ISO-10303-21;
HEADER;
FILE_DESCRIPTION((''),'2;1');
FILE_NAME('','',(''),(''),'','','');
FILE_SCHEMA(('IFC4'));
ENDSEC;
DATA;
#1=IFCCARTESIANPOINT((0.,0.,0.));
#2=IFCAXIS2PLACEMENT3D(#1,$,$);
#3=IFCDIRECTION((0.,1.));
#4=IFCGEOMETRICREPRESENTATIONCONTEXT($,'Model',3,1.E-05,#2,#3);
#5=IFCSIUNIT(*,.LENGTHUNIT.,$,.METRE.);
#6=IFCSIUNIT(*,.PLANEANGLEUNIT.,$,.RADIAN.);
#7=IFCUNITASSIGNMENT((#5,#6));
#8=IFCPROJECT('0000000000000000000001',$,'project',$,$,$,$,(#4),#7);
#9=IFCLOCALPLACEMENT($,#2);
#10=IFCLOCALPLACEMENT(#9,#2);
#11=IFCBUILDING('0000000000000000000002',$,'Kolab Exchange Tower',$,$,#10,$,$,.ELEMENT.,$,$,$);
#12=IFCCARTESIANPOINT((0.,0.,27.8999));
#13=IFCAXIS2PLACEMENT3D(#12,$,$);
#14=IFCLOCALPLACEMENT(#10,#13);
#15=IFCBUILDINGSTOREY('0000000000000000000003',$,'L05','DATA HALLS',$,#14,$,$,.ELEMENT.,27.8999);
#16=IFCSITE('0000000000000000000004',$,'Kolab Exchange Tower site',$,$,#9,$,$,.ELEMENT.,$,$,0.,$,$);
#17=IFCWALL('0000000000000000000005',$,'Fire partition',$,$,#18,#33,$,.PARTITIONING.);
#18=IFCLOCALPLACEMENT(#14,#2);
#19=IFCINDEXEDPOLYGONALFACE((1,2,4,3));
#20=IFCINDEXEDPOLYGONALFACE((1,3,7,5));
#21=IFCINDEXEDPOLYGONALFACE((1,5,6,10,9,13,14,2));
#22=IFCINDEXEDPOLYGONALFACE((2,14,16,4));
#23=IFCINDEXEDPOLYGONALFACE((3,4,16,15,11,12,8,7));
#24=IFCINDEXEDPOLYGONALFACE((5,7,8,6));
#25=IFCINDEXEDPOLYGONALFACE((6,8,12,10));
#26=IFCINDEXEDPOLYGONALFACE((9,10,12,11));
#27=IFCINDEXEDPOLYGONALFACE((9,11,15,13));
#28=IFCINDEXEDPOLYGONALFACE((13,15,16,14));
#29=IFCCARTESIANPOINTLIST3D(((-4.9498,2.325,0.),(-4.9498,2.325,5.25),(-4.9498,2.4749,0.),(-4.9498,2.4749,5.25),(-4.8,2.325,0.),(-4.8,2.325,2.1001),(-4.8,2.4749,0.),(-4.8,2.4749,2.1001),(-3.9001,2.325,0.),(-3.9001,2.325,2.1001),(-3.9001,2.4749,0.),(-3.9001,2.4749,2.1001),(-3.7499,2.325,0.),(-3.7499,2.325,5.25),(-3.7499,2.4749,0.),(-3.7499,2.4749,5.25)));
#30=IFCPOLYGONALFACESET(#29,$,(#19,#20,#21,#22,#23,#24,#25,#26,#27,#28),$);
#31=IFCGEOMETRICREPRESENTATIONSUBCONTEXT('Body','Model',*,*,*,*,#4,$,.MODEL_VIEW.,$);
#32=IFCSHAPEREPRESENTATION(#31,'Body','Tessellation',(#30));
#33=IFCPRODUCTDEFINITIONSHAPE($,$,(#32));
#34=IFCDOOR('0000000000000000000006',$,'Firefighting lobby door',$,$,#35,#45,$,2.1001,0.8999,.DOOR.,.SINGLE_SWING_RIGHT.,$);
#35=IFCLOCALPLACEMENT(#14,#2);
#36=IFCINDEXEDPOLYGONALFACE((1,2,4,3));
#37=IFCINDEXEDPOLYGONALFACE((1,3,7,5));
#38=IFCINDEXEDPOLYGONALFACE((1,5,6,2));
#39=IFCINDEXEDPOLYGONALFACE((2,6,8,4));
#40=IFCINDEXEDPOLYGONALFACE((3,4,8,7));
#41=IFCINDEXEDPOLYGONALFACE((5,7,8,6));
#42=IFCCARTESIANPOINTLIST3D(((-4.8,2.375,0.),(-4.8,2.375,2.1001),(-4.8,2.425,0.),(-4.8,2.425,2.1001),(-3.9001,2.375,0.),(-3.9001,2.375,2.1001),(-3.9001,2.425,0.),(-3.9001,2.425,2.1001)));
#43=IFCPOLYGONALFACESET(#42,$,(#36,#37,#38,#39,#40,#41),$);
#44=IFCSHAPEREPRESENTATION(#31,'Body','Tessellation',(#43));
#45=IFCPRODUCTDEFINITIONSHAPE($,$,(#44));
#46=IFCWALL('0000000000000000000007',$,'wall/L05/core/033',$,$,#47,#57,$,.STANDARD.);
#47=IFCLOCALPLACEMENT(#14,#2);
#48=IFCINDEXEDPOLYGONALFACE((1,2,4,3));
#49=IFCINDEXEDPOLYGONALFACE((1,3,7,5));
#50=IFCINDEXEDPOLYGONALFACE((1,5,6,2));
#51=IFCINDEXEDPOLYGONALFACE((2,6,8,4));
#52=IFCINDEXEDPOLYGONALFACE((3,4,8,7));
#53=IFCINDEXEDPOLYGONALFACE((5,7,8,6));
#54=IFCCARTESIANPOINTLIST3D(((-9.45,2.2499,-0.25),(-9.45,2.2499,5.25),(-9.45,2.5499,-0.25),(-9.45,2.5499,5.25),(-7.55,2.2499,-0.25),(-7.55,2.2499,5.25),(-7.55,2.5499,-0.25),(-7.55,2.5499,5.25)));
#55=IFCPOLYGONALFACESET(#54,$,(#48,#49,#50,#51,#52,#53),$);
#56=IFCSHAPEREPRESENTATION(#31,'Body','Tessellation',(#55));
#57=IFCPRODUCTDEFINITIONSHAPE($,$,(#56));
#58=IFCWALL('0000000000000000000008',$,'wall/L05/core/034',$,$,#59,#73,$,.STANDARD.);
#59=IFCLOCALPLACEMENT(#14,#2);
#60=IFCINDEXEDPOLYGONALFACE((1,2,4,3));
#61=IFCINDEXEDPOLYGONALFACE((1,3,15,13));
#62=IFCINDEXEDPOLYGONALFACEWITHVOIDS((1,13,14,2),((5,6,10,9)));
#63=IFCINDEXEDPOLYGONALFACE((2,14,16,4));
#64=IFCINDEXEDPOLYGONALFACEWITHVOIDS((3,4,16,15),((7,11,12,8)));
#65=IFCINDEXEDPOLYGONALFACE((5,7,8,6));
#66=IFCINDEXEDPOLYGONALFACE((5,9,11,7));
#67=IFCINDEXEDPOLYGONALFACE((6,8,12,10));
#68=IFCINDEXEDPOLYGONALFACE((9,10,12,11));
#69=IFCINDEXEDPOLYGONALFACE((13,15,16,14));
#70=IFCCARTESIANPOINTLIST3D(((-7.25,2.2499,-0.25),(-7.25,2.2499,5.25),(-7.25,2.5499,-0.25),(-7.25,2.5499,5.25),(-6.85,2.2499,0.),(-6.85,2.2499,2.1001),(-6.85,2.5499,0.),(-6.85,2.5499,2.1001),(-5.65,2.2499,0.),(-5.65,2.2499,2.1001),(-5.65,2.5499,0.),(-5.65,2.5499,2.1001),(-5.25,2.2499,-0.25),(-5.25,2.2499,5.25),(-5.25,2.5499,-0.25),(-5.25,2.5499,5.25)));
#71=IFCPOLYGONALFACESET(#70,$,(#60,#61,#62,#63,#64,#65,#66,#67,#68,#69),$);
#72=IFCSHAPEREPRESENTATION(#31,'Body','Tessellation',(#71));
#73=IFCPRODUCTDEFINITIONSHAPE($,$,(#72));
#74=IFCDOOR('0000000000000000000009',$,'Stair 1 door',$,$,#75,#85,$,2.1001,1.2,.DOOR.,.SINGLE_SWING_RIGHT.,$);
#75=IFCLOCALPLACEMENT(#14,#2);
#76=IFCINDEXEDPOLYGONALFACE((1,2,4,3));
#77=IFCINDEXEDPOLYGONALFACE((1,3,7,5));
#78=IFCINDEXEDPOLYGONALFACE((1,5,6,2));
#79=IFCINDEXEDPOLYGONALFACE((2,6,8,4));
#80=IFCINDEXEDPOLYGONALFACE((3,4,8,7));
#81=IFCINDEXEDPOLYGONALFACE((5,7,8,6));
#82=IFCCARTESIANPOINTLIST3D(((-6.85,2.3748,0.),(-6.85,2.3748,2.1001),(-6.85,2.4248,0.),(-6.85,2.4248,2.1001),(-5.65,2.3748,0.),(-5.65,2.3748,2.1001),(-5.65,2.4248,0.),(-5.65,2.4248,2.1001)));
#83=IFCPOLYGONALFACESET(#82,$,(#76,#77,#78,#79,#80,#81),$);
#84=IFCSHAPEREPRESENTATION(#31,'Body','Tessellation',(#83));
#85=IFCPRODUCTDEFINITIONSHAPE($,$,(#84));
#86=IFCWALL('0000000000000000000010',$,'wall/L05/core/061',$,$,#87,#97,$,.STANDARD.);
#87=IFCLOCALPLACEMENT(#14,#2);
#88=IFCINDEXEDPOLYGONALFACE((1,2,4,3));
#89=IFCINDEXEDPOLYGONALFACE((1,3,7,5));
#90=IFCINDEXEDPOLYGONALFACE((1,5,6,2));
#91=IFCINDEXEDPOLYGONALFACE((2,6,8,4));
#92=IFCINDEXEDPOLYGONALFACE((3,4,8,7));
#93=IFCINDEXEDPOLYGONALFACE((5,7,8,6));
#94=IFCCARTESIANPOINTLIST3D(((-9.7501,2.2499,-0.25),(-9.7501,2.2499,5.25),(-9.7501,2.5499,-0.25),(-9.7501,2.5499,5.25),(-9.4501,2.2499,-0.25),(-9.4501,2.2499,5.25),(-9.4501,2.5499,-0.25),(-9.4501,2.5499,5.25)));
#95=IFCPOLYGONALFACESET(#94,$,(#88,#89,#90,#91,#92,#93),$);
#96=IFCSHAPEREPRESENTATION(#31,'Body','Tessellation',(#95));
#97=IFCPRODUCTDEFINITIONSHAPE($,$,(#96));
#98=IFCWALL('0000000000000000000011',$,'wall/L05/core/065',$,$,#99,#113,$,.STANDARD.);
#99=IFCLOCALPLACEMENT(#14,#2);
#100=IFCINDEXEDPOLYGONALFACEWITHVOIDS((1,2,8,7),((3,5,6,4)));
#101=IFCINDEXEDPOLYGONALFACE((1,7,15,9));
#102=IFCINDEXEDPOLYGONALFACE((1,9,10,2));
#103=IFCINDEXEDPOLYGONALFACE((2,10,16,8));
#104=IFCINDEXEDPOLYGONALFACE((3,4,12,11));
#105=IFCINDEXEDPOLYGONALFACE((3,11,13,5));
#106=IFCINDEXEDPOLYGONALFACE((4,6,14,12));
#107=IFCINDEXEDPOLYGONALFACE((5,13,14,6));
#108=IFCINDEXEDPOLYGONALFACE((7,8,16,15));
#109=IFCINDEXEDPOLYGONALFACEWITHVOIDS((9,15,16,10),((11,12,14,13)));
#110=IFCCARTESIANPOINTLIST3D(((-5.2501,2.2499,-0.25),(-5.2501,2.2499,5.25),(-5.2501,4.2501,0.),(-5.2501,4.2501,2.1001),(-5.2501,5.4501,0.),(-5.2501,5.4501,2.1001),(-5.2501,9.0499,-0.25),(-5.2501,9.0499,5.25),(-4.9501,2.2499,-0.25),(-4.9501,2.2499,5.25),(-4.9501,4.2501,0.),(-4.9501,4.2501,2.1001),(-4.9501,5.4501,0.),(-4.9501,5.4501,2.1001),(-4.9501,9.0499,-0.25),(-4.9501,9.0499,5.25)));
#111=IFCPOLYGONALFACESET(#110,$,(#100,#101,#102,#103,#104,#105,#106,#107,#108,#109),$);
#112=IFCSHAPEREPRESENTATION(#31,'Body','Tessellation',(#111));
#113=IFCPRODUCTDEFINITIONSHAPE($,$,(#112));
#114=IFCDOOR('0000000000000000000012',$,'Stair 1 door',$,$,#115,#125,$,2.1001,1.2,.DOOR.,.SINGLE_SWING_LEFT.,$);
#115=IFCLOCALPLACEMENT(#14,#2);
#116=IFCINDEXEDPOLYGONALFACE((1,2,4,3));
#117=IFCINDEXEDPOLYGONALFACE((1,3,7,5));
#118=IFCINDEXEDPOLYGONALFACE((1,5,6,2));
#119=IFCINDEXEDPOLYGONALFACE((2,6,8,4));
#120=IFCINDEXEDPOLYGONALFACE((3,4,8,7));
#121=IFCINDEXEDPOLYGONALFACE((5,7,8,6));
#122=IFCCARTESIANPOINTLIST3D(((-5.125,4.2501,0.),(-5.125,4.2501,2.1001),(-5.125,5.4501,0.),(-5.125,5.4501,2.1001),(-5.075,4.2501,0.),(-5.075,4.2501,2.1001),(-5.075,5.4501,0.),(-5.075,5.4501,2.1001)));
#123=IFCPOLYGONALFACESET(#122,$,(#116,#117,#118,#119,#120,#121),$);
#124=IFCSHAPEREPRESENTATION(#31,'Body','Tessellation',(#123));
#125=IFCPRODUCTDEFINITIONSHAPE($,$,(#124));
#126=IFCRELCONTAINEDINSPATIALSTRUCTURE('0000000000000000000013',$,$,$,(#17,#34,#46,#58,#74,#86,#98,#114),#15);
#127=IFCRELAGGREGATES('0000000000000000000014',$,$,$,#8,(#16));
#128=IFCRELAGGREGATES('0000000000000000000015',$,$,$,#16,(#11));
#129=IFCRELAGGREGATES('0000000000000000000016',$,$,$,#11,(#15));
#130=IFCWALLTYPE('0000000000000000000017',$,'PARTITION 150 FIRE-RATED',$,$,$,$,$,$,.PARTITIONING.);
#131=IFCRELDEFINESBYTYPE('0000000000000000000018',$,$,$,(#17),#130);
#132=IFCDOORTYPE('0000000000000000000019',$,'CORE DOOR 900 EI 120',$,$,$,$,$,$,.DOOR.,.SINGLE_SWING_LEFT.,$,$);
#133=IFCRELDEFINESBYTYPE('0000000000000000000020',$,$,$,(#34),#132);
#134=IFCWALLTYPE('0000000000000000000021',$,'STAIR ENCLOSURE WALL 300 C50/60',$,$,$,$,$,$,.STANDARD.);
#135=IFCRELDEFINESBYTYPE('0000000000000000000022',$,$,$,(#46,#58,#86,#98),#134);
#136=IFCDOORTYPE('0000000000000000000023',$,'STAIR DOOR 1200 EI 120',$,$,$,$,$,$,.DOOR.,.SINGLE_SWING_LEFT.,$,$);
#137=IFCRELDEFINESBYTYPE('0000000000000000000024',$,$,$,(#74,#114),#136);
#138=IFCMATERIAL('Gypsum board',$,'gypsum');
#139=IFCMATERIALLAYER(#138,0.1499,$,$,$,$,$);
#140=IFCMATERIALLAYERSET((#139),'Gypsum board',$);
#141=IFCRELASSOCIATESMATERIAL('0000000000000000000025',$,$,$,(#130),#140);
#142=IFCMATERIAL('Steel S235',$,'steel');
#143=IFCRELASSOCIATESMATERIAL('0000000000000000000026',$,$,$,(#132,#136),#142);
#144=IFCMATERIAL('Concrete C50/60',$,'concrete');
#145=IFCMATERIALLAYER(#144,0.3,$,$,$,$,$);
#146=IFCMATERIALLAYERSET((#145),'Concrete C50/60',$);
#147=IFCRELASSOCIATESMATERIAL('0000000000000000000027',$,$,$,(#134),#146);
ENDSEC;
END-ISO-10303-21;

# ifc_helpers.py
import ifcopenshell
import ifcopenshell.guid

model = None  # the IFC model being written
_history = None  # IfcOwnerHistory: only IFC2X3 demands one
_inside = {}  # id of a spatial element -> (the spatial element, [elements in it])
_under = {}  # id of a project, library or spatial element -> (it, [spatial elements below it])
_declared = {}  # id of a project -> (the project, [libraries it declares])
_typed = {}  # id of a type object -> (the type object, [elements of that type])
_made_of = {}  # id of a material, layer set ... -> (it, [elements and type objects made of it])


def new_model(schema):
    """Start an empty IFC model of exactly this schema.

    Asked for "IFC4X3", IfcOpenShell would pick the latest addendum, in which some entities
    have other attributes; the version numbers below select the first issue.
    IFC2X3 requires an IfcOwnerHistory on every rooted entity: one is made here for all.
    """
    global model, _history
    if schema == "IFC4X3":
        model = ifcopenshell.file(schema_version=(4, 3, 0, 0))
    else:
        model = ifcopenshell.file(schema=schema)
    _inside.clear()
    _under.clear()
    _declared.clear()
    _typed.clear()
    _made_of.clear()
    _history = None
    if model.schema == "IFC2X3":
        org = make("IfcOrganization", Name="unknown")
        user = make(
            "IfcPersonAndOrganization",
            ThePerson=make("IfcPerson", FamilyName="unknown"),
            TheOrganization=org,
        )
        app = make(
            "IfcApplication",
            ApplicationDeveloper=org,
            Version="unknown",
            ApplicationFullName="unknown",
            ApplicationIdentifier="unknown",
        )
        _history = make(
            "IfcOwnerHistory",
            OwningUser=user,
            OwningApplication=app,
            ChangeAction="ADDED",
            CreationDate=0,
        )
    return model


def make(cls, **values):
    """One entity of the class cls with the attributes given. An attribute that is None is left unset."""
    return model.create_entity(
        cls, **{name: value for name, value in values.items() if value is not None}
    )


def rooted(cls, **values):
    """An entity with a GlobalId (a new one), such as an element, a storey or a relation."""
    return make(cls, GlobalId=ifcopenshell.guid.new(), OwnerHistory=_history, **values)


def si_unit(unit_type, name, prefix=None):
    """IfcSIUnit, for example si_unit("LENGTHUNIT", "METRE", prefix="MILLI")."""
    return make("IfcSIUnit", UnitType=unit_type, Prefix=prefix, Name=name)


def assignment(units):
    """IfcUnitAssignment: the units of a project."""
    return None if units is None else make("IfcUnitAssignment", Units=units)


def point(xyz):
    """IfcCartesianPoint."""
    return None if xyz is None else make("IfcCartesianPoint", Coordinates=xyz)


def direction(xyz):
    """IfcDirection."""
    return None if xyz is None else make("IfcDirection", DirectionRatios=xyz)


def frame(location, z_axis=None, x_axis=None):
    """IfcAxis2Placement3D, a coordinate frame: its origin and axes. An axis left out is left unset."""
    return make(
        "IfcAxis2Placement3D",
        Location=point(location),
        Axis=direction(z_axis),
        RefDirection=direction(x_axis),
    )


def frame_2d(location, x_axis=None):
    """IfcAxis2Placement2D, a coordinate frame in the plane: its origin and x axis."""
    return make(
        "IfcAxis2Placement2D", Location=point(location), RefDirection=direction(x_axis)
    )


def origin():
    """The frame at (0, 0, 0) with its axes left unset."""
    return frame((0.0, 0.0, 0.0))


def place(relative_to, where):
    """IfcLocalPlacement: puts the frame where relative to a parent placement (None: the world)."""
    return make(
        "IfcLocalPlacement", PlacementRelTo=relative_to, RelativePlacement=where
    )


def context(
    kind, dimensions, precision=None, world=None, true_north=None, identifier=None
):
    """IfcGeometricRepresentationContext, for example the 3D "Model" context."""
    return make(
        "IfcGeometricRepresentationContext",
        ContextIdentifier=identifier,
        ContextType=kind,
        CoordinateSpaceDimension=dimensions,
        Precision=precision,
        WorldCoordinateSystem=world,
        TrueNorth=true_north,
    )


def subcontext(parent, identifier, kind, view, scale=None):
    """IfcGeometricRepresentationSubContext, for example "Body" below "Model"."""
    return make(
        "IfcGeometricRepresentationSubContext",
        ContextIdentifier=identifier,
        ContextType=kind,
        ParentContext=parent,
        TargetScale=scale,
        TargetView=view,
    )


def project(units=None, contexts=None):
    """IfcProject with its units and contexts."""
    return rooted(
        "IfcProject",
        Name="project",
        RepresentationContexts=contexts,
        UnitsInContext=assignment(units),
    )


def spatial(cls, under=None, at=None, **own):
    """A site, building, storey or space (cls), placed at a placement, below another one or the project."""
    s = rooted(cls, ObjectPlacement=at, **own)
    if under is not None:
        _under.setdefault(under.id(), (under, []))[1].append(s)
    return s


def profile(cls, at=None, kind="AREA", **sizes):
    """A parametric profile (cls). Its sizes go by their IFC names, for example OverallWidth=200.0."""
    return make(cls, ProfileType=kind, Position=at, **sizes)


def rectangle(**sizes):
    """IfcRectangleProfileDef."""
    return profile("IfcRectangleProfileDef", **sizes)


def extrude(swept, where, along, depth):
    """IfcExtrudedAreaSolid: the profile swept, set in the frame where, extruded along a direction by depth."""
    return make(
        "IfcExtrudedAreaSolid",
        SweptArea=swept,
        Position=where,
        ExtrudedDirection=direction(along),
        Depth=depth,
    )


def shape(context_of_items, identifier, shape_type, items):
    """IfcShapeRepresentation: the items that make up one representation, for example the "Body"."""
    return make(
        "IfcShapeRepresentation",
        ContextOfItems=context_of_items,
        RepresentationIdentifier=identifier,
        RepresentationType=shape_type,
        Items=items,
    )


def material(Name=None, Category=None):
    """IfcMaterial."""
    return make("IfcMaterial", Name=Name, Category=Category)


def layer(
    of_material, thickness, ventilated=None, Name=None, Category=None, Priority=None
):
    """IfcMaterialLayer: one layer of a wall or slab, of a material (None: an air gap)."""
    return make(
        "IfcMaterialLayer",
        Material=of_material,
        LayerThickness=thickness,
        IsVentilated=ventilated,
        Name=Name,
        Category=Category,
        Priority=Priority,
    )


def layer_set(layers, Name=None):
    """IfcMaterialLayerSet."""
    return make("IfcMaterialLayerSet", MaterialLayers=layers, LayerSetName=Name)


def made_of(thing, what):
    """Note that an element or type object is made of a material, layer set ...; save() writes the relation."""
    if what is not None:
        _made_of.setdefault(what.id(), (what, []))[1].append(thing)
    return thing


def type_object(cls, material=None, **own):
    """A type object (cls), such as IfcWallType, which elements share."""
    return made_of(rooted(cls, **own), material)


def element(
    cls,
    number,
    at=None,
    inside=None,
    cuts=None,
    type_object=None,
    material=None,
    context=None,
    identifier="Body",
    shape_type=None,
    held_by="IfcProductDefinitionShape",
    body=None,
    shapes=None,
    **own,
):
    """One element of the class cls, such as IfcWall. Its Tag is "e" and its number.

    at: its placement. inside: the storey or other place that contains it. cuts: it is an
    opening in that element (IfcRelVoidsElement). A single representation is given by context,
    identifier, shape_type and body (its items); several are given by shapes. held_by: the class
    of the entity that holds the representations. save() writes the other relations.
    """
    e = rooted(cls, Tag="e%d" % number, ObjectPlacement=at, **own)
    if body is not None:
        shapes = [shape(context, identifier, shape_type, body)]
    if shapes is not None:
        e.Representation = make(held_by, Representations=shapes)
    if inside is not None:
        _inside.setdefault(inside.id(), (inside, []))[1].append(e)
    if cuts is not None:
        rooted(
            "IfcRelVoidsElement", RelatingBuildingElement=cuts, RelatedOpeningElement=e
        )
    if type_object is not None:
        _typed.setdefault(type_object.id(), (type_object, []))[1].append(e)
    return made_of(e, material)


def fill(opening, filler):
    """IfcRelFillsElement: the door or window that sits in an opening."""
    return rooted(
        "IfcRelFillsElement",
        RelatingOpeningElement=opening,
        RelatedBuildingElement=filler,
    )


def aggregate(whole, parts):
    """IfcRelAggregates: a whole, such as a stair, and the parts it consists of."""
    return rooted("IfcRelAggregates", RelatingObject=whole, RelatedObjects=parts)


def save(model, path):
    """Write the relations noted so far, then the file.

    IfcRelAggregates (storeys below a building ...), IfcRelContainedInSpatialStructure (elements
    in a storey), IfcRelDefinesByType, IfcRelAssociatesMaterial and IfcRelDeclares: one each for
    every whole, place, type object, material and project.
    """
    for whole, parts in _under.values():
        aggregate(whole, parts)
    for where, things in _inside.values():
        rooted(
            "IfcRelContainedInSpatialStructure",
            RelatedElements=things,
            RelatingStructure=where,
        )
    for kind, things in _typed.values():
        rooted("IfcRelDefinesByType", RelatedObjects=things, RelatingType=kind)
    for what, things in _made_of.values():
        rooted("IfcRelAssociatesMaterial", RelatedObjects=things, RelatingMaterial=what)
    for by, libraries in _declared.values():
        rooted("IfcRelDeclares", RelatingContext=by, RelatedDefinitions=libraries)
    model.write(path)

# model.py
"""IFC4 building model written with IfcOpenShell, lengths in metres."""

from ifc_helpers import new_model, si_unit, direction, frame, frame_2d, origin, place, context, subcontext, project, spatial, rectangle, extrude, material, layer, layer_set, type_object, element, fill, save


model = new_model("IFC4")

# Units and contexts
model_context = context("Model", 3, precision=1e-05, world=origin(), true_north=direction((0.0, 1.0)))
body_context = subcontext(model_context, "Body", "Model", "MODEL_VIEW")
ifc_project = project(units=[si_unit("LENGTHUNIT", "METRE"), si_unit("PLANEANGLEUNIT", "RADIAN")], contexts=[model_context])

# Site, building, storey
site_placement = place(None, origin())
site = spatial("IfcSite", under=ifc_project, at=site_placement, Name="Kolab Exchange Tower site", CompositionType="ELEMENT", RefElevation=0.0)
building_placement = place(site_placement, origin())
building = spatial("IfcBuilding", under=site, at=building_placement, Name="Kolab Exchange Tower", CompositionType="ELEMENT")
storey_placement = place(building_placement, frame((0.0, 0.0, 27.8999)))
storey = spatial("IfcBuildingStorey", under=building, at=storey_placement, Name="L05", Description="DATA HALLS", CompositionType="ELEMENT", Elevation=27.8999)

# Shared definitions
ifc_material_1 = material(Name="Concrete C50/60", Category="concrete")
ifc_material_2 = material(Name="Gypsum board", Category="gypsum")
ifc_layer_1 = layer(ifc_material_2, 0.1499)
ifc_layer_set_1 = layer_set([ifc_layer_1], Name="Gypsum board")
wall_type_1 = type_object("IfcWallType", Name="PARTITION 150 FIRE-RATED", PredefinedType="PARTITIONING", material=ifc_layer_set_1)

# Shared definitions
ifc_material_3 = material(Name="Steel S235", Category="steel")

# Wall, opening, door
wall_1_placement = place(storey_placement, frame((-4.95, 2.3999, 0.0), z_axis=(0.0, 0.0, 1.0), x_axis=(1.0, 0.0, 0.0)))
wall_1 = element("IfcWall", 1, at=wall_1_placement, inside=storey, type_object=wall_type_1, Name="Fire partition", PredefinedType="PARTITIONING", context=body_context, shape_type="SweptSolid", body=[
    extrude(rectangle(XDim=1.2, YDim=0.1499, at=frame_2d((0.6001, 0.0))), origin(), (0.0, 0.0, 1.0), 5.25),
])
opening_1_placement = place(wall_1_placement, frame((0.1499, 0.0, 0.0)))
opening_1 = element("IfcOpeningElement", 2, at=opening_1_placement, cuts=wall_1, PredefinedType="OPENING", context=body_context, shape_type="SweptSolid", body=[
    extrude(rectangle(XDim=0.8999, YDim=2.1001, at=frame_2d((0.45, 1.05))), frame((0.0, 0.085, 0.0), z_axis=(0.0, -1.0, 0.0), x_axis=(1.0, 0.0, 0.0)), (0.0, 0.0, 1.0), 0.1699),
])
door_type_1 = type_object("IfcDoorType", Name="CORE DOOR 900 EI 120", OperationType="SINGLE_SWING_LEFT", PredefinedType="DOOR", material=ifc_material_3)
door_1_placement = place(opening_1_placement, frame((0.8999, 0.0, 0.0), z_axis=(0.0, 0.0, 1.0), x_axis=(-1.0, 0.0, 0.0)))
door_1 = element("IfcDoor", 3, at=door_1_placement, inside=storey, type_object=door_type_1, Name="Firefighting lobby door", OperationType="SINGLE_SWING_RIGHT", OverallHeight=2.1001, OverallWidth=0.8999, PredefinedType="DOOR", context=body_context, shape_type="SweptSolid", body=[
    extrude(rectangle(XDim=0.8999, YDim=2.1001, at=frame_2d((0.45, 1.05))), frame((0.0, 0.0249, 0.0), z_axis=(0.0, -1.0, 0.0), x_axis=(1.0, 0.0, 0.0)), (0.0, 0.0, 1.0), 0.05),
])
fill(opening_1, door_1)

# Wall
ifc_layer_2 = layer(ifc_material_1, 0.3)
ifc_layer_set_2 = layer_set([ifc_layer_2], Name="Concrete C50/60")
wall_type_2 = type_object("IfcWallType", Name="STAIR ENCLOSURE WALL 300 C50/60", PredefinedType="STANDARD", material=ifc_layer_set_2)
wall_2_placement = place(storey_placement, frame((-9.45, 2.3999, -0.25), z_axis=(0.0, 0.0, 1.0), x_axis=(1.0, 0.0, 0.0)))
element("IfcWall", 4, at=wall_2_placement, inside=storey, type_object=wall_type_2, Name="wall/L05/core/033", PredefinedType="STANDARD", context=body_context, shape_type="SweptSolid", body=[
    extrude(rectangle(XDim=1.8999, YDim=0.3, at=frame_2d((0.95, 0.0))), origin(), (0.0, 0.0, 1.0), 5.5),
])

# Wall, opening, door
wall_3_placement = place(storey_placement, frame((-7.25, 2.3999, -0.25), z_axis=(0.0, 0.0, 1.0), x_axis=(1.0, 0.0, 0.0)))
wall_3 = element("IfcWall", 5, at=wall_3_placement, inside=storey, type_object=wall_type_2, Name="wall/L05/core/034", PredefinedType="STANDARD", context=body_context, shape_type="SweptSolid", body=[
    extrude(rectangle(XDim=2.0, YDim=0.3, at=frame_2d((1.0, 0.0))), origin(), (0.0, 0.0, 1.0), 5.5),
])
opening_2_placement = place(wall_3_placement, frame((0.3999, 0.0, 0.25)))
opening_2 = element("IfcOpeningElement", 6, at=opening_2_placement, cuts=wall_3, PredefinedType="OPENING", context=body_context, shape_type="SweptSolid", body=[
    extrude(rectangle(XDim=1.2, YDim=2.1001, at=frame_2d((0.6001, 1.05))), frame((0.0, 0.1602, 0.0), z_axis=(0.0, -1.0, 0.0), x_axis=(1.0, 0.0, 0.0)), (0.0, 0.0, 1.0), 0.3201),
])
door_type_2 = type_object("IfcDoorType", Name="STAIR DOOR 1200 EI 120", OperationType="SINGLE_SWING_LEFT", PredefinedType="DOOR", material=ifc_material_3)
door_2_placement = place(opening_2_placement, origin())
door_2 = element("IfcDoor", 7, at=door_2_placement, inside=storey, type_object=door_type_2, Name="Stair 1 door", OperationType="SINGLE_SWING_RIGHT", OverallHeight=2.1001, OverallWidth=1.2, PredefinedType="DOOR", context=body_context, shape_type="SweptSolid", body=[
    extrude(rectangle(XDim=1.2, YDim=2.1001, at=frame_2d((0.6001, 1.05))), frame((0.0, 0.0249, 0.0), z_axis=(0.0, -1.0, 0.0), x_axis=(1.0, 0.0, 0.0)), (0.0, 0.0, 1.0), 0.05),
])
fill(opening_2, door_2)

# Wall
wall_4_placement = place(storey_placement, frame((-9.6001, 2.25, -0.25), z_axis=(0.0, 0.0, 1.0), x_axis=(0.0, 1.0, 0.0)))
element("IfcWall", 8, at=wall_4_placement, inside=storey, type_object=wall_type_2, Name="wall/L05/core/061", PredefinedType="STANDARD", context=body_context, shape_type="SweptSolid", body=[
    extrude(rectangle(XDim=0.3, YDim=0.3, at=frame_2d((0.1499, 0.0))), origin(), (0.0, 0.0, 1.0), 5.5),
])

# Wall, opening, door
wall_5_placement = place(storey_placement, frame((-5.1001, 2.25, -0.25), z_axis=(0.0, 0.0, 1.0), x_axis=(0.0, 1.0, 0.0)))
wall_5 = element("IfcWall", 9, at=wall_5_placement, inside=storey, type_object=wall_type_2, Name="wall/L05/core/065", PredefinedType="STANDARD", context=body_context, shape_type="SweptSolid", body=[
    extrude(rectangle(XDim=6.8, YDim=0.3, at=frame_2d((3.3999, 0.0))), origin(), (0.0, 0.0, 1.0), 5.5),
])
opening_3_placement = place(wall_5_placement, frame((2.0, 0.0, 0.25)))
opening_3 = element("IfcOpeningElement", 10, at=opening_3_placement, cuts=wall_5, PredefinedType="OPENING", context=body_context, shape_type="SweptSolid", body=[
    extrude(rectangle(XDim=1.2, YDim=2.1001, at=frame_2d((0.6001, 1.05))), frame((0.0, 0.1602, 0.0), z_axis=(0.0, -1.0, 0.0), x_axis=(1.0, 0.0, 0.0)), (0.0, 0.0, 1.0), 0.3201),
])
door_3_placement = place(opening_3_placement, origin())
door_3 = element("IfcDoor", 11, at=door_3_placement, inside=storey, type_object=door_type_2, Name="Stair 1 door", OperationType="SINGLE_SWING_LEFT", OverallHeight=2.1001, OverallWidth=1.2, PredefinedType="DOOR", context=body_context, shape_type="SweptSolid", body=[
    extrude(rectangle(XDim=1.2, YDim=2.1001, at=frame_2d((0.6001, 1.05))), frame((0.0, 0.0249, 0.0), z_axis=(0.0, -1.0, 0.0), x_axis=(1.0, 0.0, 0.0)), (0.0, 0.0, 1.0), 0.05),
])
fill(opening_3, door_3)

save(model, "model.ifc")
